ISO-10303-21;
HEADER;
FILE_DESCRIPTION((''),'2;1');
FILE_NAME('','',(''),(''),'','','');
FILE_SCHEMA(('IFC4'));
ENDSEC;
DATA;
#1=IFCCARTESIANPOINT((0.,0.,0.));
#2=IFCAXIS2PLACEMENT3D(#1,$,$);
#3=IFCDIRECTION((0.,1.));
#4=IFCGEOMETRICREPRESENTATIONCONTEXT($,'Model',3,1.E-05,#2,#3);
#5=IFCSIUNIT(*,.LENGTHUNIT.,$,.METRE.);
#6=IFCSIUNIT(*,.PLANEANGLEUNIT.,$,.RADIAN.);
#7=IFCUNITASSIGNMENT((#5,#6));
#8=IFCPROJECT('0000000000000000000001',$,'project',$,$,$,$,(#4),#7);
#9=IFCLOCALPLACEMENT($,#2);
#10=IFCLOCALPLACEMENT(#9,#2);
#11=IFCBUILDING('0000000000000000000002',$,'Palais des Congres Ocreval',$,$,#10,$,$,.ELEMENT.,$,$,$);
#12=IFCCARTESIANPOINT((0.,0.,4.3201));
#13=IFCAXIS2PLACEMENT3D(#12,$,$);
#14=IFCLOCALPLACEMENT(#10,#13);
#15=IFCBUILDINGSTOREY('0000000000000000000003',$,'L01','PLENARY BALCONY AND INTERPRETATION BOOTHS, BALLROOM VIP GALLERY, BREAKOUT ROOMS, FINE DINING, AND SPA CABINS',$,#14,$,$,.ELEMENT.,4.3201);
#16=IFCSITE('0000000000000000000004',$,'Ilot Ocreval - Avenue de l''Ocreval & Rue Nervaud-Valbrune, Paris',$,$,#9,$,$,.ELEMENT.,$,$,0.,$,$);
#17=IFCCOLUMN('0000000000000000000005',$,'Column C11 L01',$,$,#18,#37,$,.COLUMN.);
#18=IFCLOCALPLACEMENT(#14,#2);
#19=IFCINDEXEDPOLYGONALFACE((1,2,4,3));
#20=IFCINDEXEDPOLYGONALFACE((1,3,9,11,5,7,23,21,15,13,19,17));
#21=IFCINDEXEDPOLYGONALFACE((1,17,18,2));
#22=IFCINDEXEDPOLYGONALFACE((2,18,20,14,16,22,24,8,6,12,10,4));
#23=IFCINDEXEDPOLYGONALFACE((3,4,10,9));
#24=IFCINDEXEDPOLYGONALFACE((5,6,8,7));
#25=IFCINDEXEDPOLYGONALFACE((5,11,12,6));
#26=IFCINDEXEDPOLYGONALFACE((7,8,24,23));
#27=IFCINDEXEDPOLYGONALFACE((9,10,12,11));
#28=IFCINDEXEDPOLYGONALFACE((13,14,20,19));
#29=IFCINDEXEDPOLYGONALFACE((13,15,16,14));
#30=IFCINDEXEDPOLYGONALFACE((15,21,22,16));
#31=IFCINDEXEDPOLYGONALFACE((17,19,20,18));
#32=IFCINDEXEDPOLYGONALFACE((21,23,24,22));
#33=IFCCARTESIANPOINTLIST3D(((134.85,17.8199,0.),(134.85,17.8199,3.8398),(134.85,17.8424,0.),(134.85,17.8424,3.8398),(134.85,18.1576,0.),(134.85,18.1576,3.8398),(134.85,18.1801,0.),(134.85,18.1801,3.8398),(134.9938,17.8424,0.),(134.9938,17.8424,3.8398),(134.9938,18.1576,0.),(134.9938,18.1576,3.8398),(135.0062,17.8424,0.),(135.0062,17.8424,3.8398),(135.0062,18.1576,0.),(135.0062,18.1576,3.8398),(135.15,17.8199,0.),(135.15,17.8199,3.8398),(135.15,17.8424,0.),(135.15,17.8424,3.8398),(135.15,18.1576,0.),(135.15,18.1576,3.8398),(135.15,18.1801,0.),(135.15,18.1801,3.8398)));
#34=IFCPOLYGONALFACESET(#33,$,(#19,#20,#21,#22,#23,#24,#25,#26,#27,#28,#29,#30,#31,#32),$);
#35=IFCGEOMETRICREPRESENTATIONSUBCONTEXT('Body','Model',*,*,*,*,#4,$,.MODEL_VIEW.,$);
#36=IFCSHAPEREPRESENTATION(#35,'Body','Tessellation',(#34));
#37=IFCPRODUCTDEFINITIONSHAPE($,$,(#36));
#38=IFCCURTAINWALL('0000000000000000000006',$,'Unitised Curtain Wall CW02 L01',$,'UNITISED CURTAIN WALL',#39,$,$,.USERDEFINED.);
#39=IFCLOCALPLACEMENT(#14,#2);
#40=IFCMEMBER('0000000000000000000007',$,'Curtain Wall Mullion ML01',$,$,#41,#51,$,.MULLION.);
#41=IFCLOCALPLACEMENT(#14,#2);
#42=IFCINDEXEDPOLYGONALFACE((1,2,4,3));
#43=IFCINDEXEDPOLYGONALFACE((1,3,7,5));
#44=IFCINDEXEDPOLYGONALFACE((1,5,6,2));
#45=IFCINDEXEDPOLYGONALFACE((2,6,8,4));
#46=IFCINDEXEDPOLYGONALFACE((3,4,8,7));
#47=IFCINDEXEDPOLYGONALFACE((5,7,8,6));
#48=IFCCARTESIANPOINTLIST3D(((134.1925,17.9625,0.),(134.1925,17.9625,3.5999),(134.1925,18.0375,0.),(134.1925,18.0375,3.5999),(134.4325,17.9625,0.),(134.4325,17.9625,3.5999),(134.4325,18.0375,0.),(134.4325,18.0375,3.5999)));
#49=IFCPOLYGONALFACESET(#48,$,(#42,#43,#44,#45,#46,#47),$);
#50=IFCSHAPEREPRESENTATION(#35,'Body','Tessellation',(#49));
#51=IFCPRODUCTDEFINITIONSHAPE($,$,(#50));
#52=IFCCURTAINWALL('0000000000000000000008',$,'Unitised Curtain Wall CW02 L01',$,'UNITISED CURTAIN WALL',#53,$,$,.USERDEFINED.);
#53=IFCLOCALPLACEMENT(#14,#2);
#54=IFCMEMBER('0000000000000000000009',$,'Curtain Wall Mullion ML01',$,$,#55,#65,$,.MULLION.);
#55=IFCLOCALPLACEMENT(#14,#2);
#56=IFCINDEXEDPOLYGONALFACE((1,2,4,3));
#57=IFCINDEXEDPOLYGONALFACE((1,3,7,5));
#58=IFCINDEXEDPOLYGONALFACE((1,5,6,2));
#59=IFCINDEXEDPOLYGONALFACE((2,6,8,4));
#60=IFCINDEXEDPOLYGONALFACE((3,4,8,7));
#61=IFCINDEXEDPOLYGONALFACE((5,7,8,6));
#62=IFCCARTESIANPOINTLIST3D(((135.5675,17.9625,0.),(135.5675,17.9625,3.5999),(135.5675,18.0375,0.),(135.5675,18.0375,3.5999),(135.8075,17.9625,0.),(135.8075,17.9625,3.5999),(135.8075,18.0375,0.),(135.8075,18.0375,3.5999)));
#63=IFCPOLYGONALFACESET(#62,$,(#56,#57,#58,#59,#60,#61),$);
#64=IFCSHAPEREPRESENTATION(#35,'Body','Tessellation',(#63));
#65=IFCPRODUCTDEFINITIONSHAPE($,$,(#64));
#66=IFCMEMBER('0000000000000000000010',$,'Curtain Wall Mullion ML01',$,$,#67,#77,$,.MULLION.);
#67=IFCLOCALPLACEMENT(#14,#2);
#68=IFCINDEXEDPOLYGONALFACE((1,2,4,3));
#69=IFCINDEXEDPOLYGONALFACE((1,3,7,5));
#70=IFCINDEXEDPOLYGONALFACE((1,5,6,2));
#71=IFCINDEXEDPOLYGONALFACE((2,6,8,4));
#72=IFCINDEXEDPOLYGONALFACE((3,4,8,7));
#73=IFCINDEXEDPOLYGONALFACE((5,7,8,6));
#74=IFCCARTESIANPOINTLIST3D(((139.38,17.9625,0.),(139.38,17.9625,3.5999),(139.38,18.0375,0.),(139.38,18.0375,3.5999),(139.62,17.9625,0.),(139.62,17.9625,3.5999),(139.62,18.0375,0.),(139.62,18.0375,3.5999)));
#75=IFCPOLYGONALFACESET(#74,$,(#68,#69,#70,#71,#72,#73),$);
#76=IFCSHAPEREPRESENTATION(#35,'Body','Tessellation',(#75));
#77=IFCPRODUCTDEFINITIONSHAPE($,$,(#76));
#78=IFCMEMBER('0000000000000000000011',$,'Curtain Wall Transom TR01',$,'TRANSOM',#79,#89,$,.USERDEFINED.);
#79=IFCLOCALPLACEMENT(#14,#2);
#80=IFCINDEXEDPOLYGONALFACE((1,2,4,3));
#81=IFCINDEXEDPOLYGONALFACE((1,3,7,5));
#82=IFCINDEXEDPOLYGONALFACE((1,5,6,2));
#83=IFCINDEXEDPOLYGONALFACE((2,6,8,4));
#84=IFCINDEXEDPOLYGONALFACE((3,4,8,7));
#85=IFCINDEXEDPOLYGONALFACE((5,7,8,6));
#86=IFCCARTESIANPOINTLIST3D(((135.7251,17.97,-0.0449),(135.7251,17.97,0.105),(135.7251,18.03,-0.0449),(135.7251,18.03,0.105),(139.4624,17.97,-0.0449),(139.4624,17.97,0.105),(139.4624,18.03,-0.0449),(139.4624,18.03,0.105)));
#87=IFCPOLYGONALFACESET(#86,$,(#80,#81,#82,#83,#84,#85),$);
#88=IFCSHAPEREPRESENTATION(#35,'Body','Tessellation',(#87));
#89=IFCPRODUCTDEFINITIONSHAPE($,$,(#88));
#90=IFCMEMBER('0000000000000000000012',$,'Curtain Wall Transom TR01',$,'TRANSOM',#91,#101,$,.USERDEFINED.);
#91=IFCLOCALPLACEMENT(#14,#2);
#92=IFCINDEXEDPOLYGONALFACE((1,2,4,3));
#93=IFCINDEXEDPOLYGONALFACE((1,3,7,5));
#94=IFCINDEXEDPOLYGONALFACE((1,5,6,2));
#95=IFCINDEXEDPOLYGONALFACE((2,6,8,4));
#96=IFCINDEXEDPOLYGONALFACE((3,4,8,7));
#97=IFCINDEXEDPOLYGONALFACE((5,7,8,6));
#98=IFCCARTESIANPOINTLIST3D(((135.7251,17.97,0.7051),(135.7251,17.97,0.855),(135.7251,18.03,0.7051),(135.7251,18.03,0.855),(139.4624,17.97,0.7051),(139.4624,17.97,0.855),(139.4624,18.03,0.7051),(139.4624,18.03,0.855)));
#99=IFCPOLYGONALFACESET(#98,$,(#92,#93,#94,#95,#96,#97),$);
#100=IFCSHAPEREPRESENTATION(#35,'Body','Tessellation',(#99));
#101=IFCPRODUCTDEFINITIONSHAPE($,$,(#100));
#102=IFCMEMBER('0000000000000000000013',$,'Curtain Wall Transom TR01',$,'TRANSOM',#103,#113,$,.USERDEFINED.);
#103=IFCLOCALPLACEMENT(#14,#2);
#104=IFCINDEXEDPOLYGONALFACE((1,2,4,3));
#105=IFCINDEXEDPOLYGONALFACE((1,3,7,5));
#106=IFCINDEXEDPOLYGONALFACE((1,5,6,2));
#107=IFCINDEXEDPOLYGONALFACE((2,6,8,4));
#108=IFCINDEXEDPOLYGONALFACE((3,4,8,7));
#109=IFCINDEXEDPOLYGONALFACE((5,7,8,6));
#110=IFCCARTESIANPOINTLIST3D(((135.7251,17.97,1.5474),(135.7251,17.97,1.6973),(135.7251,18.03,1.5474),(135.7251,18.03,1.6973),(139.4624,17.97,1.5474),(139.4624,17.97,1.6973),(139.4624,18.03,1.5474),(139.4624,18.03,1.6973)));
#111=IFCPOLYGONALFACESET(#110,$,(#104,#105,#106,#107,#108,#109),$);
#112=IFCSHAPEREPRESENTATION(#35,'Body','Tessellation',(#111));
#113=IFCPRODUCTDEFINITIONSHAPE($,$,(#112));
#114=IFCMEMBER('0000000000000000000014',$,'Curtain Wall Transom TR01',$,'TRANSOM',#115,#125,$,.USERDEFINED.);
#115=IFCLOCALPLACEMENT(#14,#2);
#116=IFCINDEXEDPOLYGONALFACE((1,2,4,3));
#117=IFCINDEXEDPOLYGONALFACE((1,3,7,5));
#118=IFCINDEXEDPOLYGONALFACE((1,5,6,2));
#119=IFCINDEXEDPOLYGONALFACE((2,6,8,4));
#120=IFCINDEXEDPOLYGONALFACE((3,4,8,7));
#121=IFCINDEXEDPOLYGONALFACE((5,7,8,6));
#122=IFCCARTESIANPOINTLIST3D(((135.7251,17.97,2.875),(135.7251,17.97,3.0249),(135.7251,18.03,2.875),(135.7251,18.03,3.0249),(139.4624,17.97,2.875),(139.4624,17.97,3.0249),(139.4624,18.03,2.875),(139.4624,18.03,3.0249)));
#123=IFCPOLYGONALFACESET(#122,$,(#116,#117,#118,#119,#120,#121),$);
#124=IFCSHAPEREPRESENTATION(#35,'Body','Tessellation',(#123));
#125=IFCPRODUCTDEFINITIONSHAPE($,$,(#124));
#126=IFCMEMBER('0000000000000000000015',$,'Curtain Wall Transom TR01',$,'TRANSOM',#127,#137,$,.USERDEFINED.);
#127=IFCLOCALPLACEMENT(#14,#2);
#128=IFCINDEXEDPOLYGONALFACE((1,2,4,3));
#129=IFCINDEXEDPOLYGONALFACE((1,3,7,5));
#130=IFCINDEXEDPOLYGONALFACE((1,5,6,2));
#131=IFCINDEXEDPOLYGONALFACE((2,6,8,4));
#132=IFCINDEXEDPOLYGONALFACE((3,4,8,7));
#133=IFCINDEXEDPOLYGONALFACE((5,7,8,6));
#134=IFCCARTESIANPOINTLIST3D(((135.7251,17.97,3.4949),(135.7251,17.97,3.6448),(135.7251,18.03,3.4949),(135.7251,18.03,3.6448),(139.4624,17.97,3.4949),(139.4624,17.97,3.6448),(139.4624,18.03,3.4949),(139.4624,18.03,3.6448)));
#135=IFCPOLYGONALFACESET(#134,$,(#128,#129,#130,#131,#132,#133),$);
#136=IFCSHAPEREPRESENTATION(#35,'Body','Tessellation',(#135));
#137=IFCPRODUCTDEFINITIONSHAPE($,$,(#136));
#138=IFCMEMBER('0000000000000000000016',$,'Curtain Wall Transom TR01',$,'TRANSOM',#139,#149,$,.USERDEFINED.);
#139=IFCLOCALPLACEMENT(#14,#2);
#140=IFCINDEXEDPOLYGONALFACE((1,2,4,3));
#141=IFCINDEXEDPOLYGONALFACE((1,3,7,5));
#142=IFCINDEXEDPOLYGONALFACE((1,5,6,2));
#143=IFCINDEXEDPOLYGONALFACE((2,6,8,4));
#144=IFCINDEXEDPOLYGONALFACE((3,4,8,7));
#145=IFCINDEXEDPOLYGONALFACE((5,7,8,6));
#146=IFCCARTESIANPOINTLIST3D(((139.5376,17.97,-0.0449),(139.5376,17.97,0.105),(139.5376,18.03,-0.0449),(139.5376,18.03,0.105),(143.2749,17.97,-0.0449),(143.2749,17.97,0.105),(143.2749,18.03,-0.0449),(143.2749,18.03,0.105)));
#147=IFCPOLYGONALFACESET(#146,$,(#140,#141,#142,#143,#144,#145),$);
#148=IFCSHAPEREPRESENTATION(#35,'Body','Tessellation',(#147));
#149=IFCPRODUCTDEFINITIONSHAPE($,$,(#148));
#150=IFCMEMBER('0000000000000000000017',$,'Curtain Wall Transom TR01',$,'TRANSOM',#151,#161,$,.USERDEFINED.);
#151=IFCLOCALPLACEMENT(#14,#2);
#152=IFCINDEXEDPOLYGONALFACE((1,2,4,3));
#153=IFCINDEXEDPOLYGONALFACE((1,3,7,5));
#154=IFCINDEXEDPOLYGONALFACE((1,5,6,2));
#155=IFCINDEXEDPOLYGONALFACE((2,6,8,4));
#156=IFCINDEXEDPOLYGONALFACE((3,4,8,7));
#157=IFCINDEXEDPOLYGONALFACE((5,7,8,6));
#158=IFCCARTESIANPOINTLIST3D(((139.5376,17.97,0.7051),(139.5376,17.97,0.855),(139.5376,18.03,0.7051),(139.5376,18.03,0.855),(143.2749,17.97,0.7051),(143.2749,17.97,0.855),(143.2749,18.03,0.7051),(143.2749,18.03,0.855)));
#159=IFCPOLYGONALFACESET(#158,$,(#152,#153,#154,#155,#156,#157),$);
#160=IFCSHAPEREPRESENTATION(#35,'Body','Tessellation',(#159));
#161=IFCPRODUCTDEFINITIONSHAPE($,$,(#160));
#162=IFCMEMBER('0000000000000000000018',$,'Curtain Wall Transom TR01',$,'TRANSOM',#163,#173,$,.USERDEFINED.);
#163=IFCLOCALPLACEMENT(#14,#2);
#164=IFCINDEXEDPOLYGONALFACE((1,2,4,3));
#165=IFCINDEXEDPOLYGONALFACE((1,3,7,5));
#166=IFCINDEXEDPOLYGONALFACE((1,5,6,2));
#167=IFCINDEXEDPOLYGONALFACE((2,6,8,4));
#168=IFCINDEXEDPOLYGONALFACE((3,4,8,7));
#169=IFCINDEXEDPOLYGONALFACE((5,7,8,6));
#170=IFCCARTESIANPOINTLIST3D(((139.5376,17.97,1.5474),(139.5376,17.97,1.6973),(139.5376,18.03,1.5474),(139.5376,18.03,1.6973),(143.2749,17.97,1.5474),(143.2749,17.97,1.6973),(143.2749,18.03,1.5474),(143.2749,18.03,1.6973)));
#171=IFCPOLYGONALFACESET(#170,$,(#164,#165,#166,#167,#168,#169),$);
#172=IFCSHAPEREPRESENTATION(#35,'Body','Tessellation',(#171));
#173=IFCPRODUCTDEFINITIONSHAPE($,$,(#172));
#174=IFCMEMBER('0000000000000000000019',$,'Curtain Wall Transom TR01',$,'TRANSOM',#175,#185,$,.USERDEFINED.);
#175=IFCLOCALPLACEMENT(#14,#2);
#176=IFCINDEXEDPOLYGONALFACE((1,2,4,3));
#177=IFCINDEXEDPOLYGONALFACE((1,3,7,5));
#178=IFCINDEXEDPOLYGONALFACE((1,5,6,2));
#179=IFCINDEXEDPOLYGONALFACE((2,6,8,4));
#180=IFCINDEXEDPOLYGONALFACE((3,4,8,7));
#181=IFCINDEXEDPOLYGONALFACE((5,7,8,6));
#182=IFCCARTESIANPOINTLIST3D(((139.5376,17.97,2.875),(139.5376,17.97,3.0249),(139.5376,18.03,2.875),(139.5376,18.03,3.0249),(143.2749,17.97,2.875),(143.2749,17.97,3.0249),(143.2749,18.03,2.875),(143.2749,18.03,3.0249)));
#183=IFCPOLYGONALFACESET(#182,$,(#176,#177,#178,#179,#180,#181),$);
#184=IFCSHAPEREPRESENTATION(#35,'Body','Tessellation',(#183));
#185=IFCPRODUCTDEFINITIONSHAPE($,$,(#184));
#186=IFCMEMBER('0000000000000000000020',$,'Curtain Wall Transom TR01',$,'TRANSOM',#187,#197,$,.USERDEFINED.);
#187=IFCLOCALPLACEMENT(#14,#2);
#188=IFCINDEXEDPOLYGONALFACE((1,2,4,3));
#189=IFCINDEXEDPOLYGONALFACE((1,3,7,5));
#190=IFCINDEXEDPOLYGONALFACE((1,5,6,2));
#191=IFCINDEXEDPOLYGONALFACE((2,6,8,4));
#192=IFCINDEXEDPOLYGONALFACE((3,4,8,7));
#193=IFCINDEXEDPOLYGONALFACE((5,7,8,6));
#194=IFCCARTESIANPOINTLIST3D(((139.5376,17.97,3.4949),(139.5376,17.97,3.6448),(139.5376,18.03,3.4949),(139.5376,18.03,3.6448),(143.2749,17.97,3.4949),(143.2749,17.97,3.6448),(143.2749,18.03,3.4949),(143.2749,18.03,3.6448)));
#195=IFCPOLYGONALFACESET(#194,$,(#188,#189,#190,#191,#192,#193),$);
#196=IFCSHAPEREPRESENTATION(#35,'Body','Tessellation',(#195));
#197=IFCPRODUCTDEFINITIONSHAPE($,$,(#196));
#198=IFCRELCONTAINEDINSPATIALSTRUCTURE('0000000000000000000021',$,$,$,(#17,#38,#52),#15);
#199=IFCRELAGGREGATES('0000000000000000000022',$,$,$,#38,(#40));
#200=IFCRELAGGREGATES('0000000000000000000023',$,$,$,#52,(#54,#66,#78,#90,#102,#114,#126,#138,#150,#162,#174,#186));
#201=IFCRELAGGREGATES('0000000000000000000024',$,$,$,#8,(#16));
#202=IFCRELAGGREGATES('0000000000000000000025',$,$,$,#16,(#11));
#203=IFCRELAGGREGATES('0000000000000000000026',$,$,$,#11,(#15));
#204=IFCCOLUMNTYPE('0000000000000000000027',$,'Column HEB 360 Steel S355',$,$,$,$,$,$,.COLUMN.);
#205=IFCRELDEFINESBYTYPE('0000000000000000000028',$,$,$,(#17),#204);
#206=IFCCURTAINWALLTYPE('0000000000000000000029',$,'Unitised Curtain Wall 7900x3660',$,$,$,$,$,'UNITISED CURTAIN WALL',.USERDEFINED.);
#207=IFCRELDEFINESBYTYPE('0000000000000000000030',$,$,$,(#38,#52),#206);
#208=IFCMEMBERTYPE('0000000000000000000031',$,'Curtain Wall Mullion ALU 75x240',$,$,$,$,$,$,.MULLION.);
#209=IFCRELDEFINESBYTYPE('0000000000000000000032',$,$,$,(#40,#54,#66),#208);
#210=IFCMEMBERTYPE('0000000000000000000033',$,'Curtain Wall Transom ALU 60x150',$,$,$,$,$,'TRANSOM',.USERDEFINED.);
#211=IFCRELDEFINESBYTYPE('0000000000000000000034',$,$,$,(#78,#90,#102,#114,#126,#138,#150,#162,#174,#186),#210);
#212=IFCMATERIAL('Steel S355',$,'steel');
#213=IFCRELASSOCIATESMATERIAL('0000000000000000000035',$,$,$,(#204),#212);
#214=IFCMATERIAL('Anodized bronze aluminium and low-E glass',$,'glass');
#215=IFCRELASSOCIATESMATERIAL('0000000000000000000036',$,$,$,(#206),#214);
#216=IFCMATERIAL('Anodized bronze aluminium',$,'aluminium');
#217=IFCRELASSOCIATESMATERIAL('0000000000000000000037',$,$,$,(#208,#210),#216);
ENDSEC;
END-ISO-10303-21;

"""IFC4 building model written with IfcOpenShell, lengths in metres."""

from ifc_helpers import new_model, si_unit, direction, frame, origin, origin_2d, place, context, subcontext, project, spatial, rectangle, i_section, extrude, material, material_profile, profile_set, type_object, element, aggregate, save


model = new_model("IFC4")

# Units and contexts
model_context = context("Model", 3, precision=1e-05, world=origin(), true_north=direction((0.0, 1.0)))
body_context = subcontext(model_context, "Body", "Model", "MODEL_VIEW")
ifc_project = project(units=[si_unit("LENGTHUNIT", "METRE"), si_unit("PLANEANGLEUNIT", "RADIAN")], contexts=[model_context])

# Site, building, storey
site_placement = place(None, origin())
site = spatial("IfcSite", under=ifc_project, at=site_placement, Name="Ilot Ocreval - Avenue de l'Ocreval & Rue Nervaud-Valbrune, Paris", CompositionType="ELEMENT", RefElevation=0.0)
building_placement = place(site_placement, origin())
building = spatial("IfcBuilding", under=site, at=building_placement, Name="Palais des Congres Ocreval", CompositionType="ELEMENT")
storey_placement = place(building_placement, frame((0.0, 0.0, 4.3201)))
storey = spatial("IfcBuildingStorey", under=building, at=storey_placement, Name="L01", Description="PLENARY BALCONY AND INTERPRETATION BOOTHS, BALLROOM VIP GALLERY, BREAKOUT ROOMS, FINE DINING, AND SPA CABINS", CompositionType="ELEMENT", Elevation=4.3201)

# Column
ifc_material_1 = material(Name="Steel S355", Category="steel")
ifc_material_profile_1 = material_profile(ifc_material_1, i_section(OverallWidth=0.3, OverallDepth=0.3601, WebThickness=0.0125, FlangeThickness=0.0225, at=origin_2d()), Name="HEB 360")
ifc_profile_set_1 = profile_set([ifc_material_profile_1], Name="Steel S355")
column_type = type_object("IfcColumnType", Name="Column HEB 360 Steel S355", PredefinedType="COLUMN", material=ifc_profile_set_1)
column_placement = place(storey_placement, frame((135.0, 18.0, 0.0), z_axis=(0.0, 0.0, 1.0), x_axis=(1.0, 0.0, 0.0)))
element("IfcColumn", 1, at=column_placement, inside=storey, type_object=column_type, Name="Column C11 L01", PredefinedType="COLUMN", context=body_context, shape_type="SweptSolid", body=[
    extrude(i_section(OverallWidth=0.3, OverallDepth=0.3601, WebThickness=0.0125, FlangeThickness=0.0225, at=origin_2d()), origin(), (0.0, 0.0, 1.0), 3.8398),
])

# Curtain wall, member
ifc_material_2 = material(Name="Anodized bronze aluminium and low-E glass", Category="glass")
curtain_wall_type = type_object("IfcCurtainWallType", Name="Unitised Curtain Wall 7900x3660", ElementType="UNITISED CURTAIN WALL", PredefinedType="USERDEFINED", material=ifc_material_2)
curtain_wall_1_placement = place(storey_placement, origin())
curtain_wall_1 = element("IfcCurtainWall", 2, at=curtain_wall_1_placement, inside=storey, type_object=curtain_wall_type, Name="Unitised Curtain Wall CW02 L01", ObjectType="UNITISED CURTAIN WALL", PredefinedType="USERDEFINED")
ifc_material_3 = material(Name="Anodized bronze aluminium", Category="aluminium")
ifc_material_profile_2 = material_profile(ifc_material_3, rectangle(XDim=0.075, YDim=0.24, at=origin_2d()), Name="ALU 75x240")
ifc_profile_set_2 = profile_set([ifc_material_profile_2], Name="Anodized bronze aluminium")
member_type_1 = type_object("IfcMemberType", Name="Curtain Wall Mullion ALU 75x240", PredefinedType="MULLION", material=ifc_profile_set_2)
member_1_placement = place(storey_placement, frame((134.3125, 18.0, 0.0), z_axis=(0.0, 0.0, 1.0), x_axis=(0.0, 1.0, 0.0)))
member_1 = element("IfcMember", 3, at=member_1_placement, type_object=member_type_1, Name="Curtain Wall Mullion ML01", PredefinedType="MULLION", context=body_context, shape_type="SweptSolid", body=[
    extrude(rectangle(XDim=0.075, YDim=0.24, at=origin_2d()), origin(), (0.0, 0.0, 1.0), 3.5999),
])

# Curtain wall, members
curtain_wall_2_placement = place(storey_placement, origin())
curtain_wall_2 = element("IfcCurtainWall", 4, at=curtain_wall_2_placement, inside=storey, type_object=curtain_wall_type, Name="Unitised Curtain Wall CW02 L01", ObjectType="UNITISED CURTAIN WALL", PredefinedType="USERDEFINED")
member_2_placement = place(storey_placement, frame((135.6875, 18.0, 0.0), z_axis=(0.0, 0.0, 1.0), x_axis=(0.0, 1.0, 0.0)))
member_2 = element("IfcMember", 5, at=member_2_placement, type_object=member_type_1, Name="Curtain Wall Mullion ML01", PredefinedType="MULLION", context=body_context, shape_type="SweptSolid", body=[
    extrude(rectangle(XDim=0.075, YDim=0.24, at=origin_2d()), origin(), (0.0, 0.0, 1.0), 3.5999),
])
member_3_placement = place(storey_placement, frame((139.5, 18.0, 0.0), z_axis=(0.0, 0.0, 1.0), x_axis=(0.0, 1.0, 0.0)))
member_3 = element("IfcMember", 6, at=member_3_placement, type_object=member_type_1, Name="Curtain Wall Mullion ML01", PredefinedType="MULLION", context=body_context, shape_type="SweptSolid", body=[
    extrude(rectangle(XDim=0.075, YDim=0.24, at=origin_2d()), origin(), (0.0, 0.0, 1.0), 3.5999),
])
ifc_material_profile_3 = material_profile(ifc_material_3, rectangle(XDim=0.0601, YDim=0.1499, at=origin_2d()), Name="ALU 60x150")
ifc_profile_set_3 = profile_set([ifc_material_profile_3], Name="Anodized bronze aluminium")
member_type_2 = type_object("IfcMemberType", Name="Curtain Wall Transom ALU 60x150", ElementType="TRANSOM", PredefinedType="USERDEFINED", material=ifc_profile_set_3)
member_4_placement = place(storey_placement, frame((135.7251, 18.0, 0.03), z_axis=(1.0, 0.0, 0.0), x_axis=(0.0, 1.0, 0.0)))
member_4 = element("IfcMember", 7, at=member_4_placement, type_object=member_type_2, Name="Curtain Wall Transom TR01", ObjectType="TRANSOM", PredefinedType="USERDEFINED", context=body_context, shape_type="SweptSolid", body=[
    extrude(rectangle(XDim=0.0601, YDim=0.1499, at=origin_2d()), origin(), (0.0, 0.0, 1.0), 3.7373),
])
member_5_placement = place(storey_placement, frame((135.7251, 18.0, 0.78), z_axis=(1.0, 0.0, 0.0), x_axis=(0.0, 1.0, 0.0)))
member_5 = element("IfcMember", 8, at=member_5_placement, type_object=member_type_2, Name="Curtain Wall Transom TR01", ObjectType="TRANSOM", PredefinedType="USERDEFINED", context=body_context, shape_type="SweptSolid", body=[
    extrude(rectangle(XDim=0.0601, YDim=0.1499, at=origin_2d()), origin(), (0.0, 0.0, 1.0), 3.7373),
])
member_6_placement = place(storey_placement, frame((135.7251, 18.0, 1.6223), z_axis=(1.0, 0.0, 0.0), x_axis=(0.0, 1.0, 0.0)))
member_6 = element("IfcMember", 9, at=member_6_placement, type_object=member_type_2, Name="Curtain Wall Transom TR01", ObjectType="TRANSOM", PredefinedType="USERDEFINED", context=body_context, shape_type="SweptSolid", body=[
    extrude(rectangle(XDim=0.0601, YDim=0.1499, at=origin_2d()), origin(), (0.0, 0.0, 1.0), 3.7373),
])
member_7_placement = place(storey_placement, frame((135.7251, 18.0, 2.95), z_axis=(1.0, 0.0, 0.0), x_axis=(0.0, 1.0, 0.0)))
member_7 = element("IfcMember", 10, at=member_7_placement, type_object=member_type_2, Name="Curtain Wall Transom TR01", ObjectType="TRANSOM", PredefinedType="USERDEFINED", context=body_context, shape_type="SweptSolid", body=[
    extrude(rectangle(XDim=0.0601, YDim=0.1499, at=origin_2d()), origin(), (0.0, 0.0, 1.0), 3.7373),
])
member_8_placement = place(storey_placement, frame((135.7251, 18.0, 3.5698), z_axis=(1.0, 0.0, 0.0), x_axis=(0.0, 1.0, 0.0)))
member_8 = element("IfcMember", 11, at=member_8_placement, type_object=member_type_2, Name="Curtain Wall Transom TR01", ObjectType="TRANSOM", PredefinedType="USERDEFINED", context=body_context, shape_type="SweptSolid", body=[
    extrude(rectangle(XDim=0.0601, YDim=0.1499, at=origin_2d()), origin(), (0.0, 0.0, 1.0), 3.7373),
])
member_9_placement = place(storey_placement, frame((139.5376, 18.0, 0.03), z_axis=(1.0, 0.0, 0.0), x_axis=(0.0, 1.0, 0.0)))
member_9 = element("IfcMember", 12, at=member_9_placement, type_object=member_type_2, Name="Curtain Wall Transom TR01", ObjectType="TRANSOM", PredefinedType="USERDEFINED", context=body_context, shape_type="SweptSolid", body=[
    extrude(rectangle(XDim=0.0601, YDim=0.1499, at=origin_2d()), origin(), (0.0, 0.0, 1.0), 3.7373),
])
member_10_placement = place(storey_placement, frame((139.5376, 18.0, 0.78), z_axis=(1.0, 0.0, 0.0), x_axis=(0.0, 1.0, 0.0)))
member_10 = element("IfcMember", 13, at=member_10_placement, type_object=member_type_2, Name="Curtain Wall Transom TR01", ObjectType="TRANSOM", PredefinedType="USERDEFINED", context=body_context, shape_type="SweptSolid", body=[
    extrude(rectangle(XDim=0.0601, YDim=0.1499, at=origin_2d()), origin(), (0.0, 0.0, 1.0), 3.7373),
])
member_11_placement = place(storey_placement, frame((139.5376, 18.0, 1.6223), z_axis=(1.0, 0.0, 0.0), x_axis=(0.0, 1.0, 0.0)))
member_11 = element("IfcMember", 14, at=member_11_placement, type_object=member_type_2, Name="Curtain Wall Transom TR01", ObjectType="TRANSOM", PredefinedType="USERDEFINED", context=body_context, shape_type="SweptSolid", body=[
    extrude(rectangle(XDim=0.0601, YDim=0.1499, at=origin_2d()), origin(), (0.0, 0.0, 1.0), 3.7373),
])
member_12_placement = place(storey_placement, frame((139.5376, 18.0, 2.95), z_axis=(1.0, 0.0, 0.0), x_axis=(0.0, 1.0, 0.0)))
member_12 = element("IfcMember", 15, at=member_12_placement, type_object=member_type_2, Name="Curtain Wall Transom TR01", ObjectType="TRANSOM", PredefinedType="USERDEFINED", context=body_context, shape_type="SweptSolid", body=[
    extrude(rectangle(XDim=0.0601, YDim=0.1499, at=origin_2d()), origin(), (0.0, 0.0, 1.0), 3.7373),
])
member_13_placement = place(storey_placement, frame((139.5376, 18.0, 3.5698), z_axis=(1.0, 0.0, 0.0), x_axis=(0.0, 1.0, 0.0)))
member_13 = element("IfcMember", 16, at=member_13_placement, type_object=member_type_2, Name="Curtain Wall Transom TR01", ObjectType="TRANSOM", PredefinedType="USERDEFINED", context=body_context, shape_type="SweptSolid", body=[
    extrude(rectangle(XDim=0.0601, YDim=0.1499, at=origin_2d()), origin(), (0.0, 0.0, 1.0), 3.7373),
])

aggregate(curtain_wall_1, [member_1])
aggregate(curtain_wall_2, [member_2, member_3, member_4, member_5, member_6, member_7, member_8, member_9, member_10, member_11, member_12, member_13])

save(model, "model.ifc")
